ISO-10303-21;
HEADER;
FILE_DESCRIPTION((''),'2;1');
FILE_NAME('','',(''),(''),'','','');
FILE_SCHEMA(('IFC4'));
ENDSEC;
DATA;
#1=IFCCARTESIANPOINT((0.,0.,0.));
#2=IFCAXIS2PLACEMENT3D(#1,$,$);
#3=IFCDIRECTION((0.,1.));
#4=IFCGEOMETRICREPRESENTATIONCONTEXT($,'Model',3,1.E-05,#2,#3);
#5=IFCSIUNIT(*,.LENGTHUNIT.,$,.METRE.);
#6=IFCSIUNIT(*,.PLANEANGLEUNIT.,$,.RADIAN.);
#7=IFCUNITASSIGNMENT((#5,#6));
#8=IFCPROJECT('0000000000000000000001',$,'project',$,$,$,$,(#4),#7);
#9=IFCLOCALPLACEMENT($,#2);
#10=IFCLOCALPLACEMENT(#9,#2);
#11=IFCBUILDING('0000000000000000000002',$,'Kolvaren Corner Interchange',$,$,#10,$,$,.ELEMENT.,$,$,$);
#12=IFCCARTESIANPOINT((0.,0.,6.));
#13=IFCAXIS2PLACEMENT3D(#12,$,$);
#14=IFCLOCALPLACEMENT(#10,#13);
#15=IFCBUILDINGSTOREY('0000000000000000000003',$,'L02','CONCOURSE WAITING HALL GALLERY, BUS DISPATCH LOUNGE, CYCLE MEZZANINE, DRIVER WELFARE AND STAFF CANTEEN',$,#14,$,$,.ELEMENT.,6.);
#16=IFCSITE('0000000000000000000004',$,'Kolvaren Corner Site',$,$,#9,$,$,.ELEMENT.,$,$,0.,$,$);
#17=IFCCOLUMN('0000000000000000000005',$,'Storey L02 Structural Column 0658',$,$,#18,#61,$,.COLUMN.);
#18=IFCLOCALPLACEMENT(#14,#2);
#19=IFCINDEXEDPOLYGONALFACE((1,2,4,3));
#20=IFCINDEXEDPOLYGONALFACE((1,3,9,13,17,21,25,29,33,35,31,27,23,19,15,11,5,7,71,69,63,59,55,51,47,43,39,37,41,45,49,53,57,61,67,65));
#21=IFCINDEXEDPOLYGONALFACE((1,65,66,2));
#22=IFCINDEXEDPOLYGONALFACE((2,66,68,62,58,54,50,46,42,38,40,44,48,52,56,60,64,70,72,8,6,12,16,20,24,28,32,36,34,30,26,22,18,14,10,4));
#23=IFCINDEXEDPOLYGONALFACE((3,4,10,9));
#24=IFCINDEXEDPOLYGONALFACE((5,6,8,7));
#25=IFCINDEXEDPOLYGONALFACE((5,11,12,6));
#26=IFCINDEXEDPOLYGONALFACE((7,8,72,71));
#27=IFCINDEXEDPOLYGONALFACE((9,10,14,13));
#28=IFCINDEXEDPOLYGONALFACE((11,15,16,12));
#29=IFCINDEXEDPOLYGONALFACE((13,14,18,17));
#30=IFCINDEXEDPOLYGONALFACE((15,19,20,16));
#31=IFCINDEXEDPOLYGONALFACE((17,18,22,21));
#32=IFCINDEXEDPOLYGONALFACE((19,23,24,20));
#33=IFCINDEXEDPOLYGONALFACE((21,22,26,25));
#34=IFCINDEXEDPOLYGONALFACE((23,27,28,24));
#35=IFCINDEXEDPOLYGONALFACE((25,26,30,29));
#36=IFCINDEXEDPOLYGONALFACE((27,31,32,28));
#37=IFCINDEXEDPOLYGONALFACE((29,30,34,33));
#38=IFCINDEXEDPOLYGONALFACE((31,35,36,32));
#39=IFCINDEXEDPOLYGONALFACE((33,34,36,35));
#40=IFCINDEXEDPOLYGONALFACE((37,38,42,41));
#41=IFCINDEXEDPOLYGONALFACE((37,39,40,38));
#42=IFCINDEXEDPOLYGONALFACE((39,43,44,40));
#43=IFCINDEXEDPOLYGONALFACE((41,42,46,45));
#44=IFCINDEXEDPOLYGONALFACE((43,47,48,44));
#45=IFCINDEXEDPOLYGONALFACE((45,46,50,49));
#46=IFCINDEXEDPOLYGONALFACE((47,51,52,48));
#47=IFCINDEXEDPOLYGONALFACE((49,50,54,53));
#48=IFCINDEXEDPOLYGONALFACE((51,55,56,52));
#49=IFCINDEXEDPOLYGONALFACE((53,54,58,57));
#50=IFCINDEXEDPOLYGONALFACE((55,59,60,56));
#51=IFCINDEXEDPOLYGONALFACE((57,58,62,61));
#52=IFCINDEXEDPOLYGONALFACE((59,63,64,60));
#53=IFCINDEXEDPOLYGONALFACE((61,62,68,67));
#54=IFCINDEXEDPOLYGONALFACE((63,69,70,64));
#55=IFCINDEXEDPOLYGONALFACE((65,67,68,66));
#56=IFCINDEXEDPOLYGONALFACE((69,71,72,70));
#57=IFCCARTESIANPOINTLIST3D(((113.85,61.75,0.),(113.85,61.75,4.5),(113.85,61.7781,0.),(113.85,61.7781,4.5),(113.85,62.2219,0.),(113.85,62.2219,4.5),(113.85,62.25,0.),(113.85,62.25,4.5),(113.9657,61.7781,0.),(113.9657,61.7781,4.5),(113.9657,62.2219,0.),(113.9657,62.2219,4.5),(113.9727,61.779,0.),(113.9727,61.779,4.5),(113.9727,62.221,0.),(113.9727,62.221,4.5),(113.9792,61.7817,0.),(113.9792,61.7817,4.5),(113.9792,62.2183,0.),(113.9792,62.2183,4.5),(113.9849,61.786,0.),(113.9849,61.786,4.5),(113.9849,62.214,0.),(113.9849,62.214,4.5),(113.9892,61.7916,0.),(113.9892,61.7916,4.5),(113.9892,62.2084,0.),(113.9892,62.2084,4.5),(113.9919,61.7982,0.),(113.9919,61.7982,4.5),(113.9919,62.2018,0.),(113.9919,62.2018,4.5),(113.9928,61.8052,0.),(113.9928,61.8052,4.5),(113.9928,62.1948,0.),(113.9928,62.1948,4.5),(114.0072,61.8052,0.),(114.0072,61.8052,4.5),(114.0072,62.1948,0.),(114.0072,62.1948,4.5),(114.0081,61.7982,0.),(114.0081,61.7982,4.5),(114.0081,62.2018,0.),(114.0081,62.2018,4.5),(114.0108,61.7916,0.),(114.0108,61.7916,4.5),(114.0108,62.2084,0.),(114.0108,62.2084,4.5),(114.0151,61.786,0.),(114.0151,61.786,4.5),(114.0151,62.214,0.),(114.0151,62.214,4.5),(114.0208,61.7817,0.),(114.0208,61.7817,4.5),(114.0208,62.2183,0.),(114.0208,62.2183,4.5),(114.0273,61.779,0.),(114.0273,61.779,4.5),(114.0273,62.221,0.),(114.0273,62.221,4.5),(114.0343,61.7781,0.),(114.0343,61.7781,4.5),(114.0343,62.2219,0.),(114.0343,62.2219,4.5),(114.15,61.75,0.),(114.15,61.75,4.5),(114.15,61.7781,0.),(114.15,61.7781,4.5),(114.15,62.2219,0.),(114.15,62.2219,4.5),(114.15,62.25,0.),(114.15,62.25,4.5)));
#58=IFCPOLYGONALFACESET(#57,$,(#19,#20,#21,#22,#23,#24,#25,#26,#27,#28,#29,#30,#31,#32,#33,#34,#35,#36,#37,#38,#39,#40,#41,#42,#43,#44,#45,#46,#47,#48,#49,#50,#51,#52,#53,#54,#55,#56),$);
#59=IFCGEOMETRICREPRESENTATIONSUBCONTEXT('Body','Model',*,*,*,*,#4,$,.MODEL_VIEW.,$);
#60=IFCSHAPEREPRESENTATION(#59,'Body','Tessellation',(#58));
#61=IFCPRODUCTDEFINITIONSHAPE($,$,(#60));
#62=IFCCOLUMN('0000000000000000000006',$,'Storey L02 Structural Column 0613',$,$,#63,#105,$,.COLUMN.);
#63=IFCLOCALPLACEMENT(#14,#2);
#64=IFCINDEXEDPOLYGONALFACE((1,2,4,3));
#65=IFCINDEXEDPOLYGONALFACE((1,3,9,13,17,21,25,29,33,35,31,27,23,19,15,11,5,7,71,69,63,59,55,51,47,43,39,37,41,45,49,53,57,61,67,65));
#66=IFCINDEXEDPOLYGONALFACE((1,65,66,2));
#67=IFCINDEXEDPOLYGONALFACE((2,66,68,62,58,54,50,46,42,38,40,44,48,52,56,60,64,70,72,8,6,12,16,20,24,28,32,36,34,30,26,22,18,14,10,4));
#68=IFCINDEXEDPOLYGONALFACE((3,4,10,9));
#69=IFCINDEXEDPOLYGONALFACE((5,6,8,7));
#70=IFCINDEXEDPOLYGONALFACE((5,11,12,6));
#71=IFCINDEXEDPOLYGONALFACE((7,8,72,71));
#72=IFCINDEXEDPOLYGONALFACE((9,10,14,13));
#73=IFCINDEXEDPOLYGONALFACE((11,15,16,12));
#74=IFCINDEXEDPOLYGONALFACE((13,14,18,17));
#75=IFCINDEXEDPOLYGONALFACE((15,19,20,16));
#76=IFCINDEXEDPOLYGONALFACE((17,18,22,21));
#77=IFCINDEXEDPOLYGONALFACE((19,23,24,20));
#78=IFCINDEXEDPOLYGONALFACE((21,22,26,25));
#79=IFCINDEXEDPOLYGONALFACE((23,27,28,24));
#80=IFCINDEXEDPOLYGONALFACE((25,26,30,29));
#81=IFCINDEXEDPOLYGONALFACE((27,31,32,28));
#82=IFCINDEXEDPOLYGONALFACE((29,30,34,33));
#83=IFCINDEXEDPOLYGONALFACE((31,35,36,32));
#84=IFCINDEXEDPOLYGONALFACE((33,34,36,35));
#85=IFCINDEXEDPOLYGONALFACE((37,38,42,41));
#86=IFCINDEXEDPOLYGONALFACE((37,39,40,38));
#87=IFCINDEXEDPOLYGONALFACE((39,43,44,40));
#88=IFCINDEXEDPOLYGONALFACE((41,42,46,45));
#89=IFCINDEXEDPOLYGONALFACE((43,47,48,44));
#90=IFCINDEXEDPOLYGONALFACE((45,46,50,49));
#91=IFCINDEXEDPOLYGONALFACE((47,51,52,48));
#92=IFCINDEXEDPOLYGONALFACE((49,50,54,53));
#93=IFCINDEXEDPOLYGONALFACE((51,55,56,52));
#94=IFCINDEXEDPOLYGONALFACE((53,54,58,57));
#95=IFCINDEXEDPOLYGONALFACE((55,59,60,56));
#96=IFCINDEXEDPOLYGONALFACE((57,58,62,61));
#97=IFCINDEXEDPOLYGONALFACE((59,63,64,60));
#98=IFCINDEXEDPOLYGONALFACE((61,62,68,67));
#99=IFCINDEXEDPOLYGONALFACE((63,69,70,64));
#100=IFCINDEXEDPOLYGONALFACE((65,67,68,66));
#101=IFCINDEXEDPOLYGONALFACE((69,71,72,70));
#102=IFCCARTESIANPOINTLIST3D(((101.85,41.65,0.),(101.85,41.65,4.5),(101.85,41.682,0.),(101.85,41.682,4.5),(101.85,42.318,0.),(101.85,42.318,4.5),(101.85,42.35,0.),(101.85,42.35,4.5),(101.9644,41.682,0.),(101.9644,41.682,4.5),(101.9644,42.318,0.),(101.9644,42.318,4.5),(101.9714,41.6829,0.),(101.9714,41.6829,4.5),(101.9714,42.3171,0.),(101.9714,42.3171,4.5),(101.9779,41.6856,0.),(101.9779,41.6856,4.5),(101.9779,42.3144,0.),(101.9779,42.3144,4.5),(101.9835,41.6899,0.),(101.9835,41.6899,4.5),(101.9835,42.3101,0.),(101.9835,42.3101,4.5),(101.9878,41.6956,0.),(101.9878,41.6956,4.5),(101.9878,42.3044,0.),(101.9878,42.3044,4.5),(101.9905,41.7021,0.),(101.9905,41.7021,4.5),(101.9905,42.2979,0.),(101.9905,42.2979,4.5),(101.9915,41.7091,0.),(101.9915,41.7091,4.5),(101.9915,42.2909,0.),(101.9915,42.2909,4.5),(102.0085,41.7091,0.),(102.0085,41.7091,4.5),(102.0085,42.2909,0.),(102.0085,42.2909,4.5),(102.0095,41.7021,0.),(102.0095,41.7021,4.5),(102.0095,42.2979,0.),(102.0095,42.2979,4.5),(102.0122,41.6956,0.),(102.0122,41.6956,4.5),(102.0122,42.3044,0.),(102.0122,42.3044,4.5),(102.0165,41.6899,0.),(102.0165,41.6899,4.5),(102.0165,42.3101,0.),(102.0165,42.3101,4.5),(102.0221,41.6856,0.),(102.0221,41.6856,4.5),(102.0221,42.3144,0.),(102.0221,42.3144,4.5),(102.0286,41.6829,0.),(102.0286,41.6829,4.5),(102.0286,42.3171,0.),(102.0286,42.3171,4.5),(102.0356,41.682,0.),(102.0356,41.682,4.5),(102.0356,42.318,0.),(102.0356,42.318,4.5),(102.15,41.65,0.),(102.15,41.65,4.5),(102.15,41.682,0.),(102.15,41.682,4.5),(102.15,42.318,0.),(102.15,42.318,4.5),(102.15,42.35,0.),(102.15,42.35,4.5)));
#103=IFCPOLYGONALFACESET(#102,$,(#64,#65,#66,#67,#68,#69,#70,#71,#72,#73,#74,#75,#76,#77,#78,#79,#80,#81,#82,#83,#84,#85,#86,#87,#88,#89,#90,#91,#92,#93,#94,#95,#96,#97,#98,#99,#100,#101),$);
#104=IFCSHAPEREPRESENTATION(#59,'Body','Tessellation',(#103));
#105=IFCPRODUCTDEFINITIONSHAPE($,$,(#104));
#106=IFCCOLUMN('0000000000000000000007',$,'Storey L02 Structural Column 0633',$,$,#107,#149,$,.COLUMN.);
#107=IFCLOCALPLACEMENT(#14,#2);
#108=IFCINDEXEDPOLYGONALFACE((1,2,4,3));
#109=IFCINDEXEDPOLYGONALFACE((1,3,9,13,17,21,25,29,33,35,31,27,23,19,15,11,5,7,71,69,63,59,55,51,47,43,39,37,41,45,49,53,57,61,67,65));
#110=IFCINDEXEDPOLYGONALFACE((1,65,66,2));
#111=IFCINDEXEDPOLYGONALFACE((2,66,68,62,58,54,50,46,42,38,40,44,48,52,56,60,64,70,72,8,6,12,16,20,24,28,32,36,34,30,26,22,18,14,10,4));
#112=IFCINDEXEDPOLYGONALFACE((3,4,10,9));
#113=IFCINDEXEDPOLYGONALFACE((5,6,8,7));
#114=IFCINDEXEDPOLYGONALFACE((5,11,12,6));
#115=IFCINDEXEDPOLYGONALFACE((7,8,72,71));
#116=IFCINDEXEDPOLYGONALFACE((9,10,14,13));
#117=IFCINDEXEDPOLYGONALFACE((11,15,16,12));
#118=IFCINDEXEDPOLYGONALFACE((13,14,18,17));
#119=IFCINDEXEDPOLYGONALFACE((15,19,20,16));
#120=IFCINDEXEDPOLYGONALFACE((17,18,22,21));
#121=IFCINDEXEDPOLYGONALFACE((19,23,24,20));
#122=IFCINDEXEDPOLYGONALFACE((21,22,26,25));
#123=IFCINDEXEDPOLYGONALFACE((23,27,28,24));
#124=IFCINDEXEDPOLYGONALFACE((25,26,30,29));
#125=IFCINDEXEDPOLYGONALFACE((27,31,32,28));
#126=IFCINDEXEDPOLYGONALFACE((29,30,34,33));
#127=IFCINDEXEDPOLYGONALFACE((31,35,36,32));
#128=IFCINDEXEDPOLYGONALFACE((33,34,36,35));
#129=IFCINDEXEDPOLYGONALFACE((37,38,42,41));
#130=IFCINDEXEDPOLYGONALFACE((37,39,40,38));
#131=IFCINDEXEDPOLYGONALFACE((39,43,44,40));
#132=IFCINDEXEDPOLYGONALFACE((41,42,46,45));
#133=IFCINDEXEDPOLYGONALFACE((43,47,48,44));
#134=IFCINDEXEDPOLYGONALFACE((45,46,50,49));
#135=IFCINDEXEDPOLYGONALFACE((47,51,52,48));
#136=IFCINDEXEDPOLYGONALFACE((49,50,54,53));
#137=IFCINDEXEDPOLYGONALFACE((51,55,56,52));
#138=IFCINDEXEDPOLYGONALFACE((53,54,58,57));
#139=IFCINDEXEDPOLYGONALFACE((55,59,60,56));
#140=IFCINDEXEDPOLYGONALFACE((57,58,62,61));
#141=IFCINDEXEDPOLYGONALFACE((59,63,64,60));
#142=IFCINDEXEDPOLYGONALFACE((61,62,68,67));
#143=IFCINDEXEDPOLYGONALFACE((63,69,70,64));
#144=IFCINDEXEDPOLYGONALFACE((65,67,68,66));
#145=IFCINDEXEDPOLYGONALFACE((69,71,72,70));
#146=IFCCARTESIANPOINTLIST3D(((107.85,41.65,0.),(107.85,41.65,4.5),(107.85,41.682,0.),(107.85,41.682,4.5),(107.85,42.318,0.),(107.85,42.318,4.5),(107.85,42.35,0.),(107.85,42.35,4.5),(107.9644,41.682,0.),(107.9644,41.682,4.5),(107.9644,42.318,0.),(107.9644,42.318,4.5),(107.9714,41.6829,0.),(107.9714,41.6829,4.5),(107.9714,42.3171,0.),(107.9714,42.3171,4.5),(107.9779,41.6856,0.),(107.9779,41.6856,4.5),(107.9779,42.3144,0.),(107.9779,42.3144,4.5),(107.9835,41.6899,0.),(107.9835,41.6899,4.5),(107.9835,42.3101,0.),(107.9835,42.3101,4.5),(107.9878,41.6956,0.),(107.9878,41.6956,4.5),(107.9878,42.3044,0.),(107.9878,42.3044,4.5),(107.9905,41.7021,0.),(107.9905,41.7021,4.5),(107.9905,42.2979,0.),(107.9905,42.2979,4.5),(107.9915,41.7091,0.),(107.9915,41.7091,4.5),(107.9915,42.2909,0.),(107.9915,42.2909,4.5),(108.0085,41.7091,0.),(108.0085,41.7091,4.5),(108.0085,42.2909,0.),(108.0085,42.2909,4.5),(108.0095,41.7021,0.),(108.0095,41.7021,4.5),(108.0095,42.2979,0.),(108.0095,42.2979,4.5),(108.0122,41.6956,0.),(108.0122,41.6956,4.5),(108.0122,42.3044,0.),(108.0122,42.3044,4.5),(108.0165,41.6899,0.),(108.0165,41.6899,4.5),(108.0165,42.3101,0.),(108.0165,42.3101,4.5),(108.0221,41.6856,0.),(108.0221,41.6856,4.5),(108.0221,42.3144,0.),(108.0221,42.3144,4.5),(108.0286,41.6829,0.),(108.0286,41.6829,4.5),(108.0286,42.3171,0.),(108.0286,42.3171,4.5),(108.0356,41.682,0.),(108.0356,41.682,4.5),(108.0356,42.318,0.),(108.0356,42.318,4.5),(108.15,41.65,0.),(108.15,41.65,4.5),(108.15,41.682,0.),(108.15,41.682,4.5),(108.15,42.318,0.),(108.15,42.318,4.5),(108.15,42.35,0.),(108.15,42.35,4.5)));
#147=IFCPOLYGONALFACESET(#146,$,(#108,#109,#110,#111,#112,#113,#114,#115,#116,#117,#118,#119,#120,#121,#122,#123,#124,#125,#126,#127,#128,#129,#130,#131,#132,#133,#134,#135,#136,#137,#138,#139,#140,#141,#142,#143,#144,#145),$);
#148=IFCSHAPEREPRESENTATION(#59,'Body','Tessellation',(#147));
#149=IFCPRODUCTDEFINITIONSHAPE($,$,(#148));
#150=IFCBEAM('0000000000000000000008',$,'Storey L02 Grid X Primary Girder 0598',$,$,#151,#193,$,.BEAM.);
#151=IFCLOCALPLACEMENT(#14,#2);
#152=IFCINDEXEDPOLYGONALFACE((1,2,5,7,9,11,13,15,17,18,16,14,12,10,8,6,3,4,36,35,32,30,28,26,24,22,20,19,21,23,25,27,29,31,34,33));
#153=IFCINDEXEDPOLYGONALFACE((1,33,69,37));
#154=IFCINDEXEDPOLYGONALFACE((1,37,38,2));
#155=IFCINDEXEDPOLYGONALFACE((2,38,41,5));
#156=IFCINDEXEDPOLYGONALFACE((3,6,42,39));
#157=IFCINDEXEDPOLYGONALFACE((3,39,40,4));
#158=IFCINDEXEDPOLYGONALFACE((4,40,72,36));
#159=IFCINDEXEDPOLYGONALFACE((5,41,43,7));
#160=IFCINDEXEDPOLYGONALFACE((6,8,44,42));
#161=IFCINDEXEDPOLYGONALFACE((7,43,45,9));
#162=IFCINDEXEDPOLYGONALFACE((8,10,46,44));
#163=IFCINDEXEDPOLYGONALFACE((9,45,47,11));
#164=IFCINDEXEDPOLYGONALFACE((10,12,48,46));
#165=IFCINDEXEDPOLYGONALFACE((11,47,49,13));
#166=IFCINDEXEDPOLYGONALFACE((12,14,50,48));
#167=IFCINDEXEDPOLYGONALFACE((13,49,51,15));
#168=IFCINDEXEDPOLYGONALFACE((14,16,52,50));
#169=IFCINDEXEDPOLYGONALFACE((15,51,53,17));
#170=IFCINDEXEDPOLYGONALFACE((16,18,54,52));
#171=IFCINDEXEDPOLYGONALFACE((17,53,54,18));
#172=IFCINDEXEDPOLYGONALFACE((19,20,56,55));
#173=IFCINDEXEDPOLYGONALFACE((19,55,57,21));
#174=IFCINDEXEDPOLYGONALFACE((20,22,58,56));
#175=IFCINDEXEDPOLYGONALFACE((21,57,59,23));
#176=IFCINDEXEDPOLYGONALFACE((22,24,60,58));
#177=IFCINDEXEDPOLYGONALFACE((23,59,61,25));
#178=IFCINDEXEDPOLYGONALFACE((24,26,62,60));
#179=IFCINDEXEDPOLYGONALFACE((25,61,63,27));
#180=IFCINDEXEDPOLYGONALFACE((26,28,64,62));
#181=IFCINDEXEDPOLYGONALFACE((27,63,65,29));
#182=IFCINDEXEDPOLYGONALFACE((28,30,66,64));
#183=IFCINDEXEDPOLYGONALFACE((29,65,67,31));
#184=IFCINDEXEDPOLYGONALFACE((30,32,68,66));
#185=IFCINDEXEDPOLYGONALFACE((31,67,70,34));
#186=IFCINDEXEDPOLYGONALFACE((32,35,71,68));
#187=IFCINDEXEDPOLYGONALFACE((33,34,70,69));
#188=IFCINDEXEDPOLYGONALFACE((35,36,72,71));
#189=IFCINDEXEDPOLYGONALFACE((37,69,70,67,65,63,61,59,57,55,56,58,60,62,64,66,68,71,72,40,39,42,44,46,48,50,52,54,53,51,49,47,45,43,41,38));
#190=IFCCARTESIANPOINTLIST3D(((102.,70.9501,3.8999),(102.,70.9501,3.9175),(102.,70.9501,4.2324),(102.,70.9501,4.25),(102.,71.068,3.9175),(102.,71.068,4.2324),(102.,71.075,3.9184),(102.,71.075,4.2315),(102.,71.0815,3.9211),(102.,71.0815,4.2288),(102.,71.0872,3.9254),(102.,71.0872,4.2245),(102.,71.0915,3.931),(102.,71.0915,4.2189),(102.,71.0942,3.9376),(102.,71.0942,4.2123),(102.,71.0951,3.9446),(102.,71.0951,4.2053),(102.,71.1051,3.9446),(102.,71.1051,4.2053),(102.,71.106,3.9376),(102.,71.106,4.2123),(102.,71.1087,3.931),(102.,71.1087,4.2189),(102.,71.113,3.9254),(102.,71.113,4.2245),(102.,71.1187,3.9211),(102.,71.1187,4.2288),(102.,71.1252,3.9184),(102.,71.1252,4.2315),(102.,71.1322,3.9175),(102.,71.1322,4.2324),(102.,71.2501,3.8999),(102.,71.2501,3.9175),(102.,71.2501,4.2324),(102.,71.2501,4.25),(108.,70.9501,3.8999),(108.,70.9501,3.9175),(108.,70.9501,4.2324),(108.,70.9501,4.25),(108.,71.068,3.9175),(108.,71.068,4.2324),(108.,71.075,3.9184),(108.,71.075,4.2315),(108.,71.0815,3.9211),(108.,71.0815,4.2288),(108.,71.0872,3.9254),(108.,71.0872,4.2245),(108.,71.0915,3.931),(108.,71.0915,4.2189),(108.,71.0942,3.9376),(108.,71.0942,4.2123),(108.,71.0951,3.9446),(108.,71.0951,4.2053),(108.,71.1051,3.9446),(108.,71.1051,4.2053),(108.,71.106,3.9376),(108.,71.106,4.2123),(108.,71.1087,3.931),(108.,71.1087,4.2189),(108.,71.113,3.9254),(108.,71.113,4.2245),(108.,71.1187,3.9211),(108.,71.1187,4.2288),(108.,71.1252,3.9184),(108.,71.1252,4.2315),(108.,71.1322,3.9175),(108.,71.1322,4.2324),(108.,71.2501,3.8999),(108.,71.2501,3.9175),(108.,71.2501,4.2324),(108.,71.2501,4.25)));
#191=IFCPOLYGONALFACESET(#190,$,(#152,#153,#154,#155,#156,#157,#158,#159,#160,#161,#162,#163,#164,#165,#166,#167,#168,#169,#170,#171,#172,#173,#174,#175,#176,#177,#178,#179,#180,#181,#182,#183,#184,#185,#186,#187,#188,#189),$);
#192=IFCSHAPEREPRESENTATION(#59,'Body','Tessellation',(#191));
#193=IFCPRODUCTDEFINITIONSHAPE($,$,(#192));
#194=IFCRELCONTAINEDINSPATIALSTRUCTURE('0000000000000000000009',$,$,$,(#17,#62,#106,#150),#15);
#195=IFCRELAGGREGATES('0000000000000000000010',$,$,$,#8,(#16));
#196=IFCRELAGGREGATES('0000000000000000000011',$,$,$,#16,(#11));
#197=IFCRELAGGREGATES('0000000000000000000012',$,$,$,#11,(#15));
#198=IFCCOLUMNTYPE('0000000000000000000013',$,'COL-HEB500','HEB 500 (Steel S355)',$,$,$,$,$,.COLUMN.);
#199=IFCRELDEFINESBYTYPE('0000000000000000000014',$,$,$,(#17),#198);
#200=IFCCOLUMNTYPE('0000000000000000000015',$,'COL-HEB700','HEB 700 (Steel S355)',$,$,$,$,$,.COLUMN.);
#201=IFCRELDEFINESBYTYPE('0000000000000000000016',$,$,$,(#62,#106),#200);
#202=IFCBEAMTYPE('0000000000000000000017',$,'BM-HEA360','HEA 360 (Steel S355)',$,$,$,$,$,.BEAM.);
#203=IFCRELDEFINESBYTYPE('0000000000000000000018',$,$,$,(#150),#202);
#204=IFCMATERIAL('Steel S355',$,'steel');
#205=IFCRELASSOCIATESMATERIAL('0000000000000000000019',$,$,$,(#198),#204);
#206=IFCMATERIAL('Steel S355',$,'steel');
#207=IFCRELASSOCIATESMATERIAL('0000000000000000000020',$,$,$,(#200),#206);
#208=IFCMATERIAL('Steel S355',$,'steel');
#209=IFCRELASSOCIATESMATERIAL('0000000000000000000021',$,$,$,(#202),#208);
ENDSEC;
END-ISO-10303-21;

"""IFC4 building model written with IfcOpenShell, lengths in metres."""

from ifc_helpers import new_model, si_unit, direction, frame, origin, origin_2d, place, context, subcontext, project, spatial, i_section, extrude, material, material_profile, profile_set, type_object, element, save


model = new_model("IFC4")

# Units and contexts
model_context = context("Model", 3, precision=1e-05, world=origin(), true_north=direction((0.0, 1.0)))
body_context = subcontext(model_context, "Body", "Model", "MODEL_VIEW")
ifc_project = project(units=[si_unit("LENGTHUNIT", "METRE"), si_unit("PLANEANGLEUNIT", "RADIAN")], contexts=[model_context])

# Site, building, storey
site_placement = place(None, origin())
site = spatial("IfcSite", under=ifc_project, at=site_placement, Name="Kolvaren Corner Site", CompositionType="ELEMENT", RefElevation=0.0)
building_placement = place(site_placement, origin())
building = spatial("IfcBuilding", under=site, at=building_placement, Name="Kolvaren Corner Interchange", CompositionType="ELEMENT")
storey_placement = place(building_placement, frame((0.0, 0.0, 6.0)))
storey = spatial("IfcBuildingStorey", under=building, at=storey_placement, Name="L02", Description="CONCOURSE WAITING HALL GALLERY, BUS DISPATCH LOUNGE, CYCLE MEZZANINE, DRIVER WELFARE AND STAFF CANTEEN", CompositionType="ELEMENT", Elevation=6.0)

# Columns
ifc_material_1 = material(Name="Steel S355", Category="steel")
ifc_material_profile_1 = material_profile(ifc_material_1, i_section(OverallWidth=0.3, OverallDepth=0.5, WebThickness=0.0144, FlangeThickness=0.0281, FilletRadius=0.0271, at=origin_2d()), Name="HEB 500")
ifc_profile_set_1 = profile_set([ifc_material_profile_1], Name="Steel S355")
column_type_1 = type_object("IfcColumnType", Name="COL-HEB500", Description="HEB 500 (Steel S355)", PredefinedType="COLUMN", material=ifc_profile_set_1)
for number, where, z_axis, x_axis, name in (
    (1, (114.0, 62.0, 0.0), (0.0, 0.0, 1.0), (1.0, 0.0, 0.0), "Storey L02 Structural Column 0658"),
):
    element("IfcColumn", number, at=place(storey_placement, frame(where, z_axis=z_axis, x_axis=x_axis)), inside=storey, type_object=column_type_1, Name=name, PredefinedType="COLUMN", context=body_context, shape_type="SweptSolid", body=[
        extrude(i_section(OverallWidth=0.3, OverallDepth=0.5, WebThickness=0.0144, FlangeThickness=0.0281, FilletRadius=0.0271, at=origin_2d()), origin(), (0.0, 0.0, 1.0), 4.5),
    ])
ifc_material_2 = material(Name="Steel S355", Category="steel")
ifc_material_profile_2 = material_profile(ifc_material_2, i_section(OverallWidth=0.3, OverallDepth=0.7, WebThickness=0.0171, FlangeThickness=0.032, FilletRadius=0.0271, at=origin_2d()), Name="HEB 700")
ifc_profile_set_2 = profile_set([ifc_material_profile_2], Name="Steel S355")
column_type_2 = type_object("IfcColumnType", Name="COL-HEB700", Description="HEB 700 (Steel S355)", PredefinedType="COLUMN", material=ifc_profile_set_2)
for number, where, z_axis, x_axis, name in (
    (2, (102.0, 42.0, 0.0), (0.0, 0.0, 1.0), (1.0, 0.0, 0.0), "Storey L02 Structural Column 0613"),
    (3, (108.0, 42.0, 0.0), (0.0, 0.0, 1.0), (1.0, 0.0, 0.0), "Storey L02 Structural Column 0633"),
):
    element("IfcColumn", number, at=place(storey_placement, frame(where, z_axis=z_axis, x_axis=x_axis)), inside=storey, type_object=column_type_2, Name=name, PredefinedType="COLUMN", context=body_context, shape_type="SweptSolid", body=[
        extrude(i_section(OverallWidth=0.3, OverallDepth=0.7, WebThickness=0.0171, FlangeThickness=0.032, FilletRadius=0.0271, at=origin_2d()), origin(), (0.0, 0.0, 1.0), 4.5),
    ])

# Beam
ifc_material_3 = material(Name="Steel S355", Category="steel")
ifc_material_profile_3 = material_profile(ifc_material_3, i_section(OverallWidth=0.3, OverallDepth=0.3501, WebThickness=0.01, FlangeThickness=0.0176, FilletRadius=0.0271, at=origin_2d()), Name="HEA 360")
ifc_profile_set_3 = profile_set([ifc_material_profile_3], Name="Steel S355")
beam_type = type_object("IfcBeamType", Name="BM-HEA360", Description="HEA 360 (Steel S355)", PredefinedType="BEAM", material=ifc_profile_set_3)
for number, where, z_axis, x_axis, name in (
    (4, (102.0, 71.1001, 4.075), (1.0, 0.0, 0.0), (0.0, 1.0, 0.0), "Storey L02 Grid X Primary Girder 0598"),
):
    element("IfcBeam", number, at=place(storey_placement, frame(where, z_axis=z_axis, x_axis=x_axis)), inside=storey, type_object=beam_type, Name=name, PredefinedType="BEAM", context=body_context, shape_type="SweptSolid", body=[
        extrude(i_section(OverallWidth=0.3, OverallDepth=0.3501, WebThickness=0.01, FlangeThickness=0.0176, FilletRadius=0.0271, at=origin_2d()), origin(), (0.0, 0.0, 1.0), 6.0),
    ])

save(model, "model.ifc")
